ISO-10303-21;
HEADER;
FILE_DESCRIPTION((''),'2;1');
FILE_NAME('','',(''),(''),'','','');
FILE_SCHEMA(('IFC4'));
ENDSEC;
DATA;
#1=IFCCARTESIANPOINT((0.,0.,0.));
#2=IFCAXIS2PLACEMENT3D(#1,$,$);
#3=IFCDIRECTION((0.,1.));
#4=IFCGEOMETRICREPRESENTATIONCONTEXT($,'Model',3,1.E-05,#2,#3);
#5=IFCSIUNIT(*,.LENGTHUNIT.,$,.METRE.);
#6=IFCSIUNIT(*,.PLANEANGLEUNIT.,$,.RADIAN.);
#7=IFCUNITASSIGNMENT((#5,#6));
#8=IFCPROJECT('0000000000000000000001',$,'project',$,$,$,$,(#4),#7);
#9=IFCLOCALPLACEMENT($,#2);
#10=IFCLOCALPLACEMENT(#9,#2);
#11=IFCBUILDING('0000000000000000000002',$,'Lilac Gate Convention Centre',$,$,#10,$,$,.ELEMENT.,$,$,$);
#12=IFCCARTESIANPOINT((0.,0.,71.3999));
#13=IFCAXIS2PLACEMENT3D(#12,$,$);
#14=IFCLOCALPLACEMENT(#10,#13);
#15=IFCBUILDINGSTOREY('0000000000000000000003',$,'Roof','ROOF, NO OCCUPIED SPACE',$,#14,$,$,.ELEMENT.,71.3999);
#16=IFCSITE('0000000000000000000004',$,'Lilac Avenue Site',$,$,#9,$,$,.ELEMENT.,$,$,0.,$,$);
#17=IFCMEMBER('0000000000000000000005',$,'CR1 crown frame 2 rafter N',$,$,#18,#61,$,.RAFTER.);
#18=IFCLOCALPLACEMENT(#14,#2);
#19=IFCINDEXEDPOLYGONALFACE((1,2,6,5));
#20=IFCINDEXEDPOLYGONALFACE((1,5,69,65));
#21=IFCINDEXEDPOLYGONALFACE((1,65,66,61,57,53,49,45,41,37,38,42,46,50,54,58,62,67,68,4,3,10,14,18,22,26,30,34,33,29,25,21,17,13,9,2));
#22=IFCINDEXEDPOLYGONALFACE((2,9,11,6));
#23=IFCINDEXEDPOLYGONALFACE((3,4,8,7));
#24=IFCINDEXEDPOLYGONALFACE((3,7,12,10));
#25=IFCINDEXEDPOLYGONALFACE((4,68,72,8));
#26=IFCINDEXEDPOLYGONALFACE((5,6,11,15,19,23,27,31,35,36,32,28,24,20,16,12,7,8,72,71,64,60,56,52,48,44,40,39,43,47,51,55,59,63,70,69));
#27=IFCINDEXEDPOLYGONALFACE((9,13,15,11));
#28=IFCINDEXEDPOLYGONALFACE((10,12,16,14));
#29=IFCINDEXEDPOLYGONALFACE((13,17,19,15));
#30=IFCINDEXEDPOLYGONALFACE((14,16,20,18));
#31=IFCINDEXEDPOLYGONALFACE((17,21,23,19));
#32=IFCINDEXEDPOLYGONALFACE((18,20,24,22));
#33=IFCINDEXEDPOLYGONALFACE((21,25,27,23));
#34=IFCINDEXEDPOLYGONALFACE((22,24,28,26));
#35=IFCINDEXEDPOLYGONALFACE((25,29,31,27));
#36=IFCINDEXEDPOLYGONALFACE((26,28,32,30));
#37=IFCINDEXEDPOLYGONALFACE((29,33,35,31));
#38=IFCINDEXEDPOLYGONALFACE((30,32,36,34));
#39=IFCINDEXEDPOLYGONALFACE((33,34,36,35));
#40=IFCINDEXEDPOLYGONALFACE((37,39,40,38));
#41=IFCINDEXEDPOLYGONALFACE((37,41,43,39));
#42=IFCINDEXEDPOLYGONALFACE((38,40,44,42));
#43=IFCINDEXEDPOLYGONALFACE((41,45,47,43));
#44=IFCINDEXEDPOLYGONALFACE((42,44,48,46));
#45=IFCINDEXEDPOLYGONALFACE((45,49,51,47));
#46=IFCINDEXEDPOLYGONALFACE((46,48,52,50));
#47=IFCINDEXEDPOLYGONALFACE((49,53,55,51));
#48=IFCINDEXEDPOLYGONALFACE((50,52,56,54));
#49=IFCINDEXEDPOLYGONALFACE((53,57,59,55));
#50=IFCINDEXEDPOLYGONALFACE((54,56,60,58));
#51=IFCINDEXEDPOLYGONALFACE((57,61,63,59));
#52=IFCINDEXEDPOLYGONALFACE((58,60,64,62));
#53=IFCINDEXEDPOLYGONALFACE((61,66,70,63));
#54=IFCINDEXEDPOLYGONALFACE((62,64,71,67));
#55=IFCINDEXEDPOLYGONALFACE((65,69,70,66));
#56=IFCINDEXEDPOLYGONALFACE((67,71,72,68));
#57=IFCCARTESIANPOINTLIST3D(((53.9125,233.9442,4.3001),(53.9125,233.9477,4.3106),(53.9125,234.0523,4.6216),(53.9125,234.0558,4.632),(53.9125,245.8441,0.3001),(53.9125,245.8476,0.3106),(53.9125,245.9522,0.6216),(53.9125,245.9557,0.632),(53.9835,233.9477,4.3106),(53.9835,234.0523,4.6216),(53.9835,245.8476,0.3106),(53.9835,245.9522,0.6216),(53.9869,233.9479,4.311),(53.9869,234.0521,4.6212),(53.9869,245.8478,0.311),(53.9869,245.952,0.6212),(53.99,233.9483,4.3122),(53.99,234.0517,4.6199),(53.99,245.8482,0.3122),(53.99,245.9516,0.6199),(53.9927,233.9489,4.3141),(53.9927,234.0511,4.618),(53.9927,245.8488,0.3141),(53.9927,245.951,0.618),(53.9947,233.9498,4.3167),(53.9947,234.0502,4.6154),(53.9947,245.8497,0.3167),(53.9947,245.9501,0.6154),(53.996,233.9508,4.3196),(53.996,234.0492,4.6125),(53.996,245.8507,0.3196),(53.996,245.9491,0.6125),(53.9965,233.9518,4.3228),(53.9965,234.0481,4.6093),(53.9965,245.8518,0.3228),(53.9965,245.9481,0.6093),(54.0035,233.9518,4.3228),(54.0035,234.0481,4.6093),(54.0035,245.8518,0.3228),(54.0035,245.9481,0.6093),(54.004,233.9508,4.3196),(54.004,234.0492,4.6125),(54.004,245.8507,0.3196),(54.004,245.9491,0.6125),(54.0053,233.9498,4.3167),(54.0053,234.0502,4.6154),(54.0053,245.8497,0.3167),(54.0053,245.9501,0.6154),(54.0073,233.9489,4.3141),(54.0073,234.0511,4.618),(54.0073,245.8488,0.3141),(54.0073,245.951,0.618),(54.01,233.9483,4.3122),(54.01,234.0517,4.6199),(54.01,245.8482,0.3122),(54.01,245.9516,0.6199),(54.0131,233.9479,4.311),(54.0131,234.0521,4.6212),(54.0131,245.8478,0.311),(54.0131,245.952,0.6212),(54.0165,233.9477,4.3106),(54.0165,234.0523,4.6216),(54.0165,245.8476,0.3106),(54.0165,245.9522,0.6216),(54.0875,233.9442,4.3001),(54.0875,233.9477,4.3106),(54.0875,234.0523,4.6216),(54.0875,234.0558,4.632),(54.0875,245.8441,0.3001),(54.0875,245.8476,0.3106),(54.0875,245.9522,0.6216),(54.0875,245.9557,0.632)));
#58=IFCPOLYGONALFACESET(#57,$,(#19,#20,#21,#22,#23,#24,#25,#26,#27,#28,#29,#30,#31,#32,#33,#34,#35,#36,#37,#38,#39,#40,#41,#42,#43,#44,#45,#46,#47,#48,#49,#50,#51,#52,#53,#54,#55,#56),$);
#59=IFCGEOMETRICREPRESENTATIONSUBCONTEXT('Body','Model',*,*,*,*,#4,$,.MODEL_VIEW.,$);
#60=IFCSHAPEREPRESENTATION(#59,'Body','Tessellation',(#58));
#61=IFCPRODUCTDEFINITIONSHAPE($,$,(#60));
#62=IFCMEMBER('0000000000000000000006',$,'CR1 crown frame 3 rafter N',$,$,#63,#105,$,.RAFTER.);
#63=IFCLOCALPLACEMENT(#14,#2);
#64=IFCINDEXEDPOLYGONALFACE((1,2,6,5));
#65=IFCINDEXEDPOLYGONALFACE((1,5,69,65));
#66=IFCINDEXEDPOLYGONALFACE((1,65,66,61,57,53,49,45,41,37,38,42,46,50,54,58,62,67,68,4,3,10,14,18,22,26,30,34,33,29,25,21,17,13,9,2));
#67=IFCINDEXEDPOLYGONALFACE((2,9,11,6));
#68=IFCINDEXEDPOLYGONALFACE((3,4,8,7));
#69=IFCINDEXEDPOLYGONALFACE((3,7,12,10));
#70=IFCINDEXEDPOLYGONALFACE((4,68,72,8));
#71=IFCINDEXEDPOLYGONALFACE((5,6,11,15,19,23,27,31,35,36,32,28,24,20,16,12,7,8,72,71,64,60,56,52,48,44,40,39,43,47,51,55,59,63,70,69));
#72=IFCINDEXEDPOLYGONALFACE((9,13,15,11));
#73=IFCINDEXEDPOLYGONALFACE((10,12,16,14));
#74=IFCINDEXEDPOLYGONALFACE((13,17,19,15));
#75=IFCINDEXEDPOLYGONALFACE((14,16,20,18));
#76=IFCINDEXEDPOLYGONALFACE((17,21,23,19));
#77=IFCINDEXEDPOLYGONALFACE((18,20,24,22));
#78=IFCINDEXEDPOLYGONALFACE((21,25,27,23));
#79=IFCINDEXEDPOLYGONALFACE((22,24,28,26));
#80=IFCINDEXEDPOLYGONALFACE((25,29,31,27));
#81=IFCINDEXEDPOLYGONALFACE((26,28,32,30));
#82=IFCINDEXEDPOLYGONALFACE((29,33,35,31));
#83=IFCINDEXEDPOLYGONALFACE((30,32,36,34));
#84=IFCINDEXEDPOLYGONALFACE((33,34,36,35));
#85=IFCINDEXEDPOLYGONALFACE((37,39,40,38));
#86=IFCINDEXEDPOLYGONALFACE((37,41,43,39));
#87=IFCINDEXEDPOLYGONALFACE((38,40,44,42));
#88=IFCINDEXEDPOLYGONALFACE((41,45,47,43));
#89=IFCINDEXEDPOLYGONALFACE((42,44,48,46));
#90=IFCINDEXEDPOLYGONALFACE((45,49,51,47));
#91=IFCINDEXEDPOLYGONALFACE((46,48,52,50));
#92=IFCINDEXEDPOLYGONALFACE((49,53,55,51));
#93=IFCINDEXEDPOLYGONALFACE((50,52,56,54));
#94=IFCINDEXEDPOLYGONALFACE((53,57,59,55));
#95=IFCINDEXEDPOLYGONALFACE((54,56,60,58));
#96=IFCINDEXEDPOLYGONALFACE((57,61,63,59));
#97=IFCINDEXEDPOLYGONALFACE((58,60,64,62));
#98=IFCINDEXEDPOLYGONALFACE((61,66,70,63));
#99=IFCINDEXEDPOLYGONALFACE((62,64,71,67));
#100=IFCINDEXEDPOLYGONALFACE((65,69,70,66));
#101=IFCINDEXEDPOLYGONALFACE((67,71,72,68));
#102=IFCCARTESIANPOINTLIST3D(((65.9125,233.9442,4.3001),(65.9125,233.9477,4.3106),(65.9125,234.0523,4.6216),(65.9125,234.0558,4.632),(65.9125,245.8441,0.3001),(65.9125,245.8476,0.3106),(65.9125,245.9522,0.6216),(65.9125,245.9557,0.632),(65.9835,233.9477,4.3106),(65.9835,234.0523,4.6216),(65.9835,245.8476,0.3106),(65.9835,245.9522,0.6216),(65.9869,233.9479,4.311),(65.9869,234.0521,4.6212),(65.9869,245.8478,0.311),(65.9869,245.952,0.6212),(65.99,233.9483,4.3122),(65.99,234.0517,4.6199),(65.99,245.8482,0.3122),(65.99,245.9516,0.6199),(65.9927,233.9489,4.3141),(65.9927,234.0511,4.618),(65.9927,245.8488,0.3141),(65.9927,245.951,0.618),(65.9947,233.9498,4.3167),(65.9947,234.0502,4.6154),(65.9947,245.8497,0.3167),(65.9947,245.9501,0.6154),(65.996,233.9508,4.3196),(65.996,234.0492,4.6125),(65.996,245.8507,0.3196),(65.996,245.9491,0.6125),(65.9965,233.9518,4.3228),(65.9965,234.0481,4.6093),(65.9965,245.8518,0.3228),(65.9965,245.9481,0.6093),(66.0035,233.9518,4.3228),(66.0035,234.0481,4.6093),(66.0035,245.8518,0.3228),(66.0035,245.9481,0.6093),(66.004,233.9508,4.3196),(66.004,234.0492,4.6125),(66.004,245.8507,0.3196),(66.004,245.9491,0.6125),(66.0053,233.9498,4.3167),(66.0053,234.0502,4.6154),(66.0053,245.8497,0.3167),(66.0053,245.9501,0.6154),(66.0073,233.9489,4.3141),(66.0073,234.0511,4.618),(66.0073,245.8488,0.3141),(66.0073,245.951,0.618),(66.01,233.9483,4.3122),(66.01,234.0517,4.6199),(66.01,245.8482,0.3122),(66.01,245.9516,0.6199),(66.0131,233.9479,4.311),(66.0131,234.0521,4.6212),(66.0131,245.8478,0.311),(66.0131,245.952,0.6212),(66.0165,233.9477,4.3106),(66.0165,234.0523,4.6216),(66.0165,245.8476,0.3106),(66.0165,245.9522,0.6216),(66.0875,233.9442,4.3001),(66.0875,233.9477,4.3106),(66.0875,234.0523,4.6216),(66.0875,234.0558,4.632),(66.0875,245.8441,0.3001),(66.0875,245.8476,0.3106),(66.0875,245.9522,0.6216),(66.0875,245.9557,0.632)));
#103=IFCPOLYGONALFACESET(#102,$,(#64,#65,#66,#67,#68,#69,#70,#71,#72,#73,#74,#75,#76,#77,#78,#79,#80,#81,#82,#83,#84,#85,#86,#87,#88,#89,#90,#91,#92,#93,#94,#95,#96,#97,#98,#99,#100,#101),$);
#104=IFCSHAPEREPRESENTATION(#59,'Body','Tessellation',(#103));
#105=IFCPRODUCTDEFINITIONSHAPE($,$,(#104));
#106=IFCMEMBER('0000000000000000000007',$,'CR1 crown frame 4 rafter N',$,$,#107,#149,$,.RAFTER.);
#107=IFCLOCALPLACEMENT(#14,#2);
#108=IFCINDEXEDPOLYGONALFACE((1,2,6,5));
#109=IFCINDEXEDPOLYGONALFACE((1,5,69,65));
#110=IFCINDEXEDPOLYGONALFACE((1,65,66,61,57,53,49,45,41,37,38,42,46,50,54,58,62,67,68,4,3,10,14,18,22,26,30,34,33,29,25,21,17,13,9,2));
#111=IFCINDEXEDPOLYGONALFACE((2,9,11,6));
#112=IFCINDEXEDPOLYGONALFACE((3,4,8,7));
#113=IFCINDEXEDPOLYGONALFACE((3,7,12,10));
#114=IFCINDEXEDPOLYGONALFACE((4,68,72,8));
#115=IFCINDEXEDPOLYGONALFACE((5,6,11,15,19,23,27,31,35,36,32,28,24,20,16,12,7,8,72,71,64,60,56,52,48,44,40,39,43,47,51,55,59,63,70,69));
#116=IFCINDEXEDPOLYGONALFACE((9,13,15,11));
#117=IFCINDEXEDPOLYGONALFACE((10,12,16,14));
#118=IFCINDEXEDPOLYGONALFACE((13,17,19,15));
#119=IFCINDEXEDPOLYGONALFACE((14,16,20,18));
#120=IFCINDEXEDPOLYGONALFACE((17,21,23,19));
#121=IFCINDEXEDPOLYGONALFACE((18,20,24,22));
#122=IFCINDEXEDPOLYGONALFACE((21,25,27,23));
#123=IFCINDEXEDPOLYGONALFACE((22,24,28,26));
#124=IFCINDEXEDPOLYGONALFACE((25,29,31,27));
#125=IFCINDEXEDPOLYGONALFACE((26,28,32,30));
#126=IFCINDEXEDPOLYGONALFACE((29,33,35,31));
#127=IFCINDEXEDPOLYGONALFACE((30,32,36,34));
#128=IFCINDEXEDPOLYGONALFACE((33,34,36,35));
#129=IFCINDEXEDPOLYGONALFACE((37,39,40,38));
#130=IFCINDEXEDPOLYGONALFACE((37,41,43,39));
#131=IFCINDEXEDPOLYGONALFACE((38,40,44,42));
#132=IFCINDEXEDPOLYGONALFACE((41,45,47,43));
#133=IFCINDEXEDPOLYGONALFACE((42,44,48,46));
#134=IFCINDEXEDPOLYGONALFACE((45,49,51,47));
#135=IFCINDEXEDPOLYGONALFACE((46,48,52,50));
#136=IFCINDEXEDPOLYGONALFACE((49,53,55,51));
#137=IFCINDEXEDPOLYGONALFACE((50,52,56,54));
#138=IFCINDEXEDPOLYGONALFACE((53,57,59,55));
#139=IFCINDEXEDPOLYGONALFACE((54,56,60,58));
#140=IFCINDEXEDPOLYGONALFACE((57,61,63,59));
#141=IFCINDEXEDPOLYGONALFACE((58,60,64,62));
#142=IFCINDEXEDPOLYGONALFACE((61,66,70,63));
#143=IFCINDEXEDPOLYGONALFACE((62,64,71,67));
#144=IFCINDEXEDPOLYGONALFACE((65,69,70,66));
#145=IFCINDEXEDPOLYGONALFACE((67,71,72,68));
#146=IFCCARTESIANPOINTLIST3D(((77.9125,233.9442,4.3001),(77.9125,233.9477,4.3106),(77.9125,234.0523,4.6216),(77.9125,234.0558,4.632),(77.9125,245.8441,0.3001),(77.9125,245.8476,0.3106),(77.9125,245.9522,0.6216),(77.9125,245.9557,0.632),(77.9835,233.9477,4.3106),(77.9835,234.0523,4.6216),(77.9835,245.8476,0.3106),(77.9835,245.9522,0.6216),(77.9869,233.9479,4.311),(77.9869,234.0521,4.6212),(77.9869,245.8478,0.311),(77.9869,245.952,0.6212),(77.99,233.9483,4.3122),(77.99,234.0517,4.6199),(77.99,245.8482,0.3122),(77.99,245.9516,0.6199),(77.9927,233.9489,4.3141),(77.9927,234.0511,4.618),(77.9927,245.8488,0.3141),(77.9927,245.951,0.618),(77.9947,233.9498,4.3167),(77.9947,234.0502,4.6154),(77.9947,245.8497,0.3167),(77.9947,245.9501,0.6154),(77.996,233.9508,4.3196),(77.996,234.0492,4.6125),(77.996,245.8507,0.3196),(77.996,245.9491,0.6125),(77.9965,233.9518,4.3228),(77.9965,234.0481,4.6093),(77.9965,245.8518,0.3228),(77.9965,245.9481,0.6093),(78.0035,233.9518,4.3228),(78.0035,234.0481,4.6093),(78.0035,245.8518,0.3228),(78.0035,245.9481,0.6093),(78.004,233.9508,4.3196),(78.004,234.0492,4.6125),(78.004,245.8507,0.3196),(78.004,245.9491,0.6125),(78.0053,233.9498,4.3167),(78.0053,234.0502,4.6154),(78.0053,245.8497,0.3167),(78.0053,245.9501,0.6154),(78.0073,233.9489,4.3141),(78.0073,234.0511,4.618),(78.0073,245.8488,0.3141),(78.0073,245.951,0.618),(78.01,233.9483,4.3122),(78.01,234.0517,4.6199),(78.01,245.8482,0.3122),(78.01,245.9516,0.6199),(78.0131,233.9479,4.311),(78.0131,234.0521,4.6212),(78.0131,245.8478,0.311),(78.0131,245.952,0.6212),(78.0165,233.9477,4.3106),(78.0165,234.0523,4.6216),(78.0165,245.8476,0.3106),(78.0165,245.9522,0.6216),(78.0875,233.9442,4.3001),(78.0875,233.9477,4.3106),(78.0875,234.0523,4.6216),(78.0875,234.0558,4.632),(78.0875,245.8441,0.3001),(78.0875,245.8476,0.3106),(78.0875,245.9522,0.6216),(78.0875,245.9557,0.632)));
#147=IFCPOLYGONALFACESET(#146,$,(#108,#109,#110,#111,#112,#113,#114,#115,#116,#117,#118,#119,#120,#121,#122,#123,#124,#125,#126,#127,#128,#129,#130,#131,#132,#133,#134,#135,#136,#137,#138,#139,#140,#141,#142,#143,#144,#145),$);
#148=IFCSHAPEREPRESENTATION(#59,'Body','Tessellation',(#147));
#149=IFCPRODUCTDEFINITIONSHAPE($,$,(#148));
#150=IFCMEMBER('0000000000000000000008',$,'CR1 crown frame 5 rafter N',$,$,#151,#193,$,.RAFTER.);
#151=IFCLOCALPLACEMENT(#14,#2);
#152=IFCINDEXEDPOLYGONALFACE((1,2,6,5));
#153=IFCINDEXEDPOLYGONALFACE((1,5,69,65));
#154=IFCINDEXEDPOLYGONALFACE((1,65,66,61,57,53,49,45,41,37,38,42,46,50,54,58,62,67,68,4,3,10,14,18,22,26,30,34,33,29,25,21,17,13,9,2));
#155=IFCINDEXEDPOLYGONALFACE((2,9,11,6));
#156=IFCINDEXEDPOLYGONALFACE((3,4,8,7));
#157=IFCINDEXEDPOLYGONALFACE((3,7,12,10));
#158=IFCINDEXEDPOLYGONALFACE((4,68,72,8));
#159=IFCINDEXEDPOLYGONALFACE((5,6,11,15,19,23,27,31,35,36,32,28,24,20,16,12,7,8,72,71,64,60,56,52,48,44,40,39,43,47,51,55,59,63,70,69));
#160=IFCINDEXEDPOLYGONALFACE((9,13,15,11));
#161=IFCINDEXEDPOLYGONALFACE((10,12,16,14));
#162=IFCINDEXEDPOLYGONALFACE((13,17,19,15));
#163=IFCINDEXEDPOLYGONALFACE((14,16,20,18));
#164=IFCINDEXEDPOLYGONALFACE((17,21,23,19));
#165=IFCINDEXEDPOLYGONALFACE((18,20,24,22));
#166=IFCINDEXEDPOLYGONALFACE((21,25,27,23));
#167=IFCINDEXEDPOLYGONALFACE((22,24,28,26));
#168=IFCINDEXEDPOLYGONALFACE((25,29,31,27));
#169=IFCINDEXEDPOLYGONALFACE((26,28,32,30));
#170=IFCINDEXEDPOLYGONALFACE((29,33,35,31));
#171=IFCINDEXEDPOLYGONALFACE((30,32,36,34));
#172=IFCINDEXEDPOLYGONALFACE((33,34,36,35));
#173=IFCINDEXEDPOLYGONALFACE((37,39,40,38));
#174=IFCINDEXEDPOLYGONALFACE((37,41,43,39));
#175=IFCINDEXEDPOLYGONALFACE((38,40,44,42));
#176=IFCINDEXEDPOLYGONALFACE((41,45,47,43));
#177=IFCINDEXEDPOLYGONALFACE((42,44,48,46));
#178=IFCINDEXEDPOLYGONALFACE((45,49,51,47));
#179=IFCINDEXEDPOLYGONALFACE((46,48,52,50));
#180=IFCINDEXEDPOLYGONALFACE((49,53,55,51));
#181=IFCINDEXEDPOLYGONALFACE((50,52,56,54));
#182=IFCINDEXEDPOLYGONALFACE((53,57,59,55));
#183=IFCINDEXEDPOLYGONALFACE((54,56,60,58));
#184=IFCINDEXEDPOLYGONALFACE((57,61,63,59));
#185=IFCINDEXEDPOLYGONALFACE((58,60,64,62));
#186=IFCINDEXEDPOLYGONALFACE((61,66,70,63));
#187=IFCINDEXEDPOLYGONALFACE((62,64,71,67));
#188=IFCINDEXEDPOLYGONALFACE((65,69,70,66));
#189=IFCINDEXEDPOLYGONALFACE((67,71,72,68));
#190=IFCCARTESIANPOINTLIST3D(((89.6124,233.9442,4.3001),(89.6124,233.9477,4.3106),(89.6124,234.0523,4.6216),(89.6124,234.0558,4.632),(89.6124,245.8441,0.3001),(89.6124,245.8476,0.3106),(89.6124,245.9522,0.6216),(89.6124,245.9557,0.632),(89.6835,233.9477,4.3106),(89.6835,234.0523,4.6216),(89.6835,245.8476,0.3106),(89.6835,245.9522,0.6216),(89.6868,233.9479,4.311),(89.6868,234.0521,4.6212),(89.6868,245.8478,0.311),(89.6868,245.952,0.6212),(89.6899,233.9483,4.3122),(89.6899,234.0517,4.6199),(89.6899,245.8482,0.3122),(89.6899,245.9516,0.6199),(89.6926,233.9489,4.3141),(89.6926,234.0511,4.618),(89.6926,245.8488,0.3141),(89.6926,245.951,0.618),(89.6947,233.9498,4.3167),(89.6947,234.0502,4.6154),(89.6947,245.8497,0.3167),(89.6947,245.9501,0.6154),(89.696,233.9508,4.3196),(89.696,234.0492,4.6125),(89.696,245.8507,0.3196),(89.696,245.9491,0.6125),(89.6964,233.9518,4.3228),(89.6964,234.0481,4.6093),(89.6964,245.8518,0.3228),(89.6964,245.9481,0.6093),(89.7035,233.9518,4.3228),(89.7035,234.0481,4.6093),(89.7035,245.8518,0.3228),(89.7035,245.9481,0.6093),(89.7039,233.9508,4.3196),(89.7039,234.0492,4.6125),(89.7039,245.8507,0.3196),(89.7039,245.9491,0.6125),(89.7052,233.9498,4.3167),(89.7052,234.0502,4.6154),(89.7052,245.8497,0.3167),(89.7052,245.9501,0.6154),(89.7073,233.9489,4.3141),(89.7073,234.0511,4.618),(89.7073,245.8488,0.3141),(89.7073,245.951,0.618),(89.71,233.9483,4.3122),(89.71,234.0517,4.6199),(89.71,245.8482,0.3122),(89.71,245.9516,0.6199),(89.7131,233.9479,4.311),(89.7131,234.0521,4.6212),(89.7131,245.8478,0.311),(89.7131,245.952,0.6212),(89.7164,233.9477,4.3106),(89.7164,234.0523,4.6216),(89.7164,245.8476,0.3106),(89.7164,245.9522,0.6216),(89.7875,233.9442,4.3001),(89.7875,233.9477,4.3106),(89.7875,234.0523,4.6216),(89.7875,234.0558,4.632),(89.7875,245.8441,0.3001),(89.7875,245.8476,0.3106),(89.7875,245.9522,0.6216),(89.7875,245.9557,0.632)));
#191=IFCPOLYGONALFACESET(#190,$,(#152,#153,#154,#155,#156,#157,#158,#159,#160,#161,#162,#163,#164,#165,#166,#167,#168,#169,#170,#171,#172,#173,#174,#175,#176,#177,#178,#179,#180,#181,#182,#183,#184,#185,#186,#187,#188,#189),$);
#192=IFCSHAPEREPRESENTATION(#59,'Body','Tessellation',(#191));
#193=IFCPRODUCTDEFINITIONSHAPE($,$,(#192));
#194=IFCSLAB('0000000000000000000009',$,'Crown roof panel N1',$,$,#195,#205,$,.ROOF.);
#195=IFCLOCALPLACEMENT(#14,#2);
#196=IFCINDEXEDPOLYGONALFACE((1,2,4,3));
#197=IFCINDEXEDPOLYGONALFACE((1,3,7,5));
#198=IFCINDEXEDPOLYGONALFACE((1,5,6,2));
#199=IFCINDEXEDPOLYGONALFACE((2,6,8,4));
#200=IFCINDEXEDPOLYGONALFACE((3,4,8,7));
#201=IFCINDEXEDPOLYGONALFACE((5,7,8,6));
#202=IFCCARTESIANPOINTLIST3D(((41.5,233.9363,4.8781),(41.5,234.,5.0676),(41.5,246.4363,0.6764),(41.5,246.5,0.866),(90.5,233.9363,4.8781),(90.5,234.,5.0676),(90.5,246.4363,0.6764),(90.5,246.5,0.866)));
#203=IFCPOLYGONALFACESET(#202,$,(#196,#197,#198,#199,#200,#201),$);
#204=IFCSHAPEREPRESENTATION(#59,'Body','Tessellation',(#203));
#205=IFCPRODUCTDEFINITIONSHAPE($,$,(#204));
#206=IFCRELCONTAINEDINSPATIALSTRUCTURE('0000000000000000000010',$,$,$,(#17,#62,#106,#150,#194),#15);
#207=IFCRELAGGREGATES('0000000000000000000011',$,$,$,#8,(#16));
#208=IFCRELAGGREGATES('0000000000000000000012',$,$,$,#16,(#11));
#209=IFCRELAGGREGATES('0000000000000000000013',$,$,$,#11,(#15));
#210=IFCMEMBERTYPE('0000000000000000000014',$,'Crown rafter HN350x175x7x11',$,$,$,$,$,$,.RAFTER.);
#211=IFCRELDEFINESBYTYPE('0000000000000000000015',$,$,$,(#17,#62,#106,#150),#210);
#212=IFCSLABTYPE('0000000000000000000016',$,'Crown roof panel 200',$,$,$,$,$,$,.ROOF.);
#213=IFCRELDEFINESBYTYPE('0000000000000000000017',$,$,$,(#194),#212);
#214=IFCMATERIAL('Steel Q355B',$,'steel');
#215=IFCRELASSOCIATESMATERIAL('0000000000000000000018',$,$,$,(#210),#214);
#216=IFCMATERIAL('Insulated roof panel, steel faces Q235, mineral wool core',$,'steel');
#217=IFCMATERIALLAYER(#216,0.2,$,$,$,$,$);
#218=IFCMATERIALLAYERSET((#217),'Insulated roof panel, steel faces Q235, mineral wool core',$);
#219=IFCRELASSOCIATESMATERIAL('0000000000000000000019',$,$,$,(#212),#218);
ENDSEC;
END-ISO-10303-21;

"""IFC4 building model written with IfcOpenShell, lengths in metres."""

from ifc_helpers import new_model, si_unit, direction, frame, origin, origin_2d, place, context, subcontext, project, spatial, polyline, i_section, outline, extrude, material, layer, layer_set, material_profile, profile_set, type_object, element, save


model = new_model("IFC4")

# Units and contexts
model_context = context("Model", 3, precision=1e-05, world=origin(), true_north=direction((0.0, 1.0)))
body_context = subcontext(model_context, "Body", "Model", "MODEL_VIEW")
ifc_project = project(units=[si_unit("LENGTHUNIT", "METRE"), si_unit("PLANEANGLEUNIT", "RADIAN")], contexts=[model_context])

# Site, building, storey
site_placement = place(None, origin())
site = spatial("IfcSite", under=ifc_project, at=site_placement, Name="Lilac Avenue Site", CompositionType="ELEMENT", RefElevation=0.0)
building_placement = place(site_placement, origin())
building = spatial("IfcBuilding", under=site, at=building_placement, Name="Lilac Gate Convention Centre", CompositionType="ELEMENT")
storey_placement = place(building_placement, frame((0.0, 0.0, 71.3999)))
storey = spatial("IfcBuildingStorey", under=building, at=storey_placement, Name="Roof", Description="ROOF, NO OCCUPIED SPACE", CompositionType="ELEMENT", Elevation=71.3999)

# Members
ifc_material_1 = material(Name="Steel Q355B", Category="steel")
ifc_material_profile_1 = material_profile(ifc_material_1, i_section(OverallWidth=0.175, OverallDepth=0.3501, WebThickness=0.0071, FlangeThickness=0.011, FilletRadius=0.0129, at=origin_2d()), Name="HN350x175x7x11")
ifc_profile_set_1 = profile_set([ifc_material_profile_1], Name="Steel Q355B")
member_type_1 = type_object("IfcMemberType", Name="Crown rafter HN350x175x7x11", PredefinedType="RAFTER", material=ifc_profile_set_1)
for number, where, z_axis, x_axis, name in (
    (1, (54.0, 245.8999, 0.4661), (0.0, -0.947883, 0.318619), (1.0, 0.0, 0.0), "CR1 crown frame 2 rafter N"),
    (2, (66.0, 245.8999, 0.4661), (0.0, -0.947883, 0.318619), (1.0, 0.0, 0.0), "CR1 crown frame 3 rafter N"),
    (3, (78.0, 245.8999, 0.4661), (0.0, -0.947883, 0.318619), (1.0, 0.0, 0.0), "CR1 crown frame 4 rafter N"),
    (4, (89.7, 245.8999, 0.4661), (0.0, -0.947883, 0.318619), (1.0, 0.0, 0.0), "CR1 crown frame 5 rafter N"),
):
    element("IfcMember", number, at=place(storey_placement, frame(where, z_axis=z_axis, x_axis=x_axis)), inside=storey, type_object=member_type_1, Name=name, PredefinedType="RAFTER", context=body_context, shape_type="SweptSolid", body=[
        extrude(i_section(OverallWidth=0.175, OverallDepth=0.3501, WebThickness=0.0071, FlangeThickness=0.011, FilletRadius=0.0129, at=origin_2d()), origin(), (0.0, 0.0, 1.0), 12.5542),
    ])

# Slab
ifc_material_2 = material(Name="Insulated roof panel, steel faces Q235, mineral wool core", Category="steel")
ifc_layer_1 = layer(ifc_material_2, 0.2)
ifc_layer_set_1 = layer_set([ifc_layer_1], Name="Insulated roof panel, steel faces Q235, mineral wool core")
slab_type = type_object("IfcSlabType", Name="Crown roof panel 200", PredefinedType="ROOF", material=ifc_layer_set_1)
slab_placement = place(storey_placement, frame((41.5, 246.5, 0.866), z_axis=(0.0, 0.318615, 0.947884), x_axis=(1.0, 0.0, 0.0)))
element("IfcSlab", 5, at=slab_placement, inside=storey, type_object=slab_type, Name="Crown roof panel N1", PredefinedType="ROOF", context=body_context, shape_type="SweptSolid", body=[
    extrude(outline(polyline([(0.0, 0.0), (49.0, 0.0), (49.0, -13.1873), (0.0, -13.1873), (0.0, 0.0)])), origin(), (0.0, 0.0, -1.0), 0.2),
])

save(model, "model.ifc")
